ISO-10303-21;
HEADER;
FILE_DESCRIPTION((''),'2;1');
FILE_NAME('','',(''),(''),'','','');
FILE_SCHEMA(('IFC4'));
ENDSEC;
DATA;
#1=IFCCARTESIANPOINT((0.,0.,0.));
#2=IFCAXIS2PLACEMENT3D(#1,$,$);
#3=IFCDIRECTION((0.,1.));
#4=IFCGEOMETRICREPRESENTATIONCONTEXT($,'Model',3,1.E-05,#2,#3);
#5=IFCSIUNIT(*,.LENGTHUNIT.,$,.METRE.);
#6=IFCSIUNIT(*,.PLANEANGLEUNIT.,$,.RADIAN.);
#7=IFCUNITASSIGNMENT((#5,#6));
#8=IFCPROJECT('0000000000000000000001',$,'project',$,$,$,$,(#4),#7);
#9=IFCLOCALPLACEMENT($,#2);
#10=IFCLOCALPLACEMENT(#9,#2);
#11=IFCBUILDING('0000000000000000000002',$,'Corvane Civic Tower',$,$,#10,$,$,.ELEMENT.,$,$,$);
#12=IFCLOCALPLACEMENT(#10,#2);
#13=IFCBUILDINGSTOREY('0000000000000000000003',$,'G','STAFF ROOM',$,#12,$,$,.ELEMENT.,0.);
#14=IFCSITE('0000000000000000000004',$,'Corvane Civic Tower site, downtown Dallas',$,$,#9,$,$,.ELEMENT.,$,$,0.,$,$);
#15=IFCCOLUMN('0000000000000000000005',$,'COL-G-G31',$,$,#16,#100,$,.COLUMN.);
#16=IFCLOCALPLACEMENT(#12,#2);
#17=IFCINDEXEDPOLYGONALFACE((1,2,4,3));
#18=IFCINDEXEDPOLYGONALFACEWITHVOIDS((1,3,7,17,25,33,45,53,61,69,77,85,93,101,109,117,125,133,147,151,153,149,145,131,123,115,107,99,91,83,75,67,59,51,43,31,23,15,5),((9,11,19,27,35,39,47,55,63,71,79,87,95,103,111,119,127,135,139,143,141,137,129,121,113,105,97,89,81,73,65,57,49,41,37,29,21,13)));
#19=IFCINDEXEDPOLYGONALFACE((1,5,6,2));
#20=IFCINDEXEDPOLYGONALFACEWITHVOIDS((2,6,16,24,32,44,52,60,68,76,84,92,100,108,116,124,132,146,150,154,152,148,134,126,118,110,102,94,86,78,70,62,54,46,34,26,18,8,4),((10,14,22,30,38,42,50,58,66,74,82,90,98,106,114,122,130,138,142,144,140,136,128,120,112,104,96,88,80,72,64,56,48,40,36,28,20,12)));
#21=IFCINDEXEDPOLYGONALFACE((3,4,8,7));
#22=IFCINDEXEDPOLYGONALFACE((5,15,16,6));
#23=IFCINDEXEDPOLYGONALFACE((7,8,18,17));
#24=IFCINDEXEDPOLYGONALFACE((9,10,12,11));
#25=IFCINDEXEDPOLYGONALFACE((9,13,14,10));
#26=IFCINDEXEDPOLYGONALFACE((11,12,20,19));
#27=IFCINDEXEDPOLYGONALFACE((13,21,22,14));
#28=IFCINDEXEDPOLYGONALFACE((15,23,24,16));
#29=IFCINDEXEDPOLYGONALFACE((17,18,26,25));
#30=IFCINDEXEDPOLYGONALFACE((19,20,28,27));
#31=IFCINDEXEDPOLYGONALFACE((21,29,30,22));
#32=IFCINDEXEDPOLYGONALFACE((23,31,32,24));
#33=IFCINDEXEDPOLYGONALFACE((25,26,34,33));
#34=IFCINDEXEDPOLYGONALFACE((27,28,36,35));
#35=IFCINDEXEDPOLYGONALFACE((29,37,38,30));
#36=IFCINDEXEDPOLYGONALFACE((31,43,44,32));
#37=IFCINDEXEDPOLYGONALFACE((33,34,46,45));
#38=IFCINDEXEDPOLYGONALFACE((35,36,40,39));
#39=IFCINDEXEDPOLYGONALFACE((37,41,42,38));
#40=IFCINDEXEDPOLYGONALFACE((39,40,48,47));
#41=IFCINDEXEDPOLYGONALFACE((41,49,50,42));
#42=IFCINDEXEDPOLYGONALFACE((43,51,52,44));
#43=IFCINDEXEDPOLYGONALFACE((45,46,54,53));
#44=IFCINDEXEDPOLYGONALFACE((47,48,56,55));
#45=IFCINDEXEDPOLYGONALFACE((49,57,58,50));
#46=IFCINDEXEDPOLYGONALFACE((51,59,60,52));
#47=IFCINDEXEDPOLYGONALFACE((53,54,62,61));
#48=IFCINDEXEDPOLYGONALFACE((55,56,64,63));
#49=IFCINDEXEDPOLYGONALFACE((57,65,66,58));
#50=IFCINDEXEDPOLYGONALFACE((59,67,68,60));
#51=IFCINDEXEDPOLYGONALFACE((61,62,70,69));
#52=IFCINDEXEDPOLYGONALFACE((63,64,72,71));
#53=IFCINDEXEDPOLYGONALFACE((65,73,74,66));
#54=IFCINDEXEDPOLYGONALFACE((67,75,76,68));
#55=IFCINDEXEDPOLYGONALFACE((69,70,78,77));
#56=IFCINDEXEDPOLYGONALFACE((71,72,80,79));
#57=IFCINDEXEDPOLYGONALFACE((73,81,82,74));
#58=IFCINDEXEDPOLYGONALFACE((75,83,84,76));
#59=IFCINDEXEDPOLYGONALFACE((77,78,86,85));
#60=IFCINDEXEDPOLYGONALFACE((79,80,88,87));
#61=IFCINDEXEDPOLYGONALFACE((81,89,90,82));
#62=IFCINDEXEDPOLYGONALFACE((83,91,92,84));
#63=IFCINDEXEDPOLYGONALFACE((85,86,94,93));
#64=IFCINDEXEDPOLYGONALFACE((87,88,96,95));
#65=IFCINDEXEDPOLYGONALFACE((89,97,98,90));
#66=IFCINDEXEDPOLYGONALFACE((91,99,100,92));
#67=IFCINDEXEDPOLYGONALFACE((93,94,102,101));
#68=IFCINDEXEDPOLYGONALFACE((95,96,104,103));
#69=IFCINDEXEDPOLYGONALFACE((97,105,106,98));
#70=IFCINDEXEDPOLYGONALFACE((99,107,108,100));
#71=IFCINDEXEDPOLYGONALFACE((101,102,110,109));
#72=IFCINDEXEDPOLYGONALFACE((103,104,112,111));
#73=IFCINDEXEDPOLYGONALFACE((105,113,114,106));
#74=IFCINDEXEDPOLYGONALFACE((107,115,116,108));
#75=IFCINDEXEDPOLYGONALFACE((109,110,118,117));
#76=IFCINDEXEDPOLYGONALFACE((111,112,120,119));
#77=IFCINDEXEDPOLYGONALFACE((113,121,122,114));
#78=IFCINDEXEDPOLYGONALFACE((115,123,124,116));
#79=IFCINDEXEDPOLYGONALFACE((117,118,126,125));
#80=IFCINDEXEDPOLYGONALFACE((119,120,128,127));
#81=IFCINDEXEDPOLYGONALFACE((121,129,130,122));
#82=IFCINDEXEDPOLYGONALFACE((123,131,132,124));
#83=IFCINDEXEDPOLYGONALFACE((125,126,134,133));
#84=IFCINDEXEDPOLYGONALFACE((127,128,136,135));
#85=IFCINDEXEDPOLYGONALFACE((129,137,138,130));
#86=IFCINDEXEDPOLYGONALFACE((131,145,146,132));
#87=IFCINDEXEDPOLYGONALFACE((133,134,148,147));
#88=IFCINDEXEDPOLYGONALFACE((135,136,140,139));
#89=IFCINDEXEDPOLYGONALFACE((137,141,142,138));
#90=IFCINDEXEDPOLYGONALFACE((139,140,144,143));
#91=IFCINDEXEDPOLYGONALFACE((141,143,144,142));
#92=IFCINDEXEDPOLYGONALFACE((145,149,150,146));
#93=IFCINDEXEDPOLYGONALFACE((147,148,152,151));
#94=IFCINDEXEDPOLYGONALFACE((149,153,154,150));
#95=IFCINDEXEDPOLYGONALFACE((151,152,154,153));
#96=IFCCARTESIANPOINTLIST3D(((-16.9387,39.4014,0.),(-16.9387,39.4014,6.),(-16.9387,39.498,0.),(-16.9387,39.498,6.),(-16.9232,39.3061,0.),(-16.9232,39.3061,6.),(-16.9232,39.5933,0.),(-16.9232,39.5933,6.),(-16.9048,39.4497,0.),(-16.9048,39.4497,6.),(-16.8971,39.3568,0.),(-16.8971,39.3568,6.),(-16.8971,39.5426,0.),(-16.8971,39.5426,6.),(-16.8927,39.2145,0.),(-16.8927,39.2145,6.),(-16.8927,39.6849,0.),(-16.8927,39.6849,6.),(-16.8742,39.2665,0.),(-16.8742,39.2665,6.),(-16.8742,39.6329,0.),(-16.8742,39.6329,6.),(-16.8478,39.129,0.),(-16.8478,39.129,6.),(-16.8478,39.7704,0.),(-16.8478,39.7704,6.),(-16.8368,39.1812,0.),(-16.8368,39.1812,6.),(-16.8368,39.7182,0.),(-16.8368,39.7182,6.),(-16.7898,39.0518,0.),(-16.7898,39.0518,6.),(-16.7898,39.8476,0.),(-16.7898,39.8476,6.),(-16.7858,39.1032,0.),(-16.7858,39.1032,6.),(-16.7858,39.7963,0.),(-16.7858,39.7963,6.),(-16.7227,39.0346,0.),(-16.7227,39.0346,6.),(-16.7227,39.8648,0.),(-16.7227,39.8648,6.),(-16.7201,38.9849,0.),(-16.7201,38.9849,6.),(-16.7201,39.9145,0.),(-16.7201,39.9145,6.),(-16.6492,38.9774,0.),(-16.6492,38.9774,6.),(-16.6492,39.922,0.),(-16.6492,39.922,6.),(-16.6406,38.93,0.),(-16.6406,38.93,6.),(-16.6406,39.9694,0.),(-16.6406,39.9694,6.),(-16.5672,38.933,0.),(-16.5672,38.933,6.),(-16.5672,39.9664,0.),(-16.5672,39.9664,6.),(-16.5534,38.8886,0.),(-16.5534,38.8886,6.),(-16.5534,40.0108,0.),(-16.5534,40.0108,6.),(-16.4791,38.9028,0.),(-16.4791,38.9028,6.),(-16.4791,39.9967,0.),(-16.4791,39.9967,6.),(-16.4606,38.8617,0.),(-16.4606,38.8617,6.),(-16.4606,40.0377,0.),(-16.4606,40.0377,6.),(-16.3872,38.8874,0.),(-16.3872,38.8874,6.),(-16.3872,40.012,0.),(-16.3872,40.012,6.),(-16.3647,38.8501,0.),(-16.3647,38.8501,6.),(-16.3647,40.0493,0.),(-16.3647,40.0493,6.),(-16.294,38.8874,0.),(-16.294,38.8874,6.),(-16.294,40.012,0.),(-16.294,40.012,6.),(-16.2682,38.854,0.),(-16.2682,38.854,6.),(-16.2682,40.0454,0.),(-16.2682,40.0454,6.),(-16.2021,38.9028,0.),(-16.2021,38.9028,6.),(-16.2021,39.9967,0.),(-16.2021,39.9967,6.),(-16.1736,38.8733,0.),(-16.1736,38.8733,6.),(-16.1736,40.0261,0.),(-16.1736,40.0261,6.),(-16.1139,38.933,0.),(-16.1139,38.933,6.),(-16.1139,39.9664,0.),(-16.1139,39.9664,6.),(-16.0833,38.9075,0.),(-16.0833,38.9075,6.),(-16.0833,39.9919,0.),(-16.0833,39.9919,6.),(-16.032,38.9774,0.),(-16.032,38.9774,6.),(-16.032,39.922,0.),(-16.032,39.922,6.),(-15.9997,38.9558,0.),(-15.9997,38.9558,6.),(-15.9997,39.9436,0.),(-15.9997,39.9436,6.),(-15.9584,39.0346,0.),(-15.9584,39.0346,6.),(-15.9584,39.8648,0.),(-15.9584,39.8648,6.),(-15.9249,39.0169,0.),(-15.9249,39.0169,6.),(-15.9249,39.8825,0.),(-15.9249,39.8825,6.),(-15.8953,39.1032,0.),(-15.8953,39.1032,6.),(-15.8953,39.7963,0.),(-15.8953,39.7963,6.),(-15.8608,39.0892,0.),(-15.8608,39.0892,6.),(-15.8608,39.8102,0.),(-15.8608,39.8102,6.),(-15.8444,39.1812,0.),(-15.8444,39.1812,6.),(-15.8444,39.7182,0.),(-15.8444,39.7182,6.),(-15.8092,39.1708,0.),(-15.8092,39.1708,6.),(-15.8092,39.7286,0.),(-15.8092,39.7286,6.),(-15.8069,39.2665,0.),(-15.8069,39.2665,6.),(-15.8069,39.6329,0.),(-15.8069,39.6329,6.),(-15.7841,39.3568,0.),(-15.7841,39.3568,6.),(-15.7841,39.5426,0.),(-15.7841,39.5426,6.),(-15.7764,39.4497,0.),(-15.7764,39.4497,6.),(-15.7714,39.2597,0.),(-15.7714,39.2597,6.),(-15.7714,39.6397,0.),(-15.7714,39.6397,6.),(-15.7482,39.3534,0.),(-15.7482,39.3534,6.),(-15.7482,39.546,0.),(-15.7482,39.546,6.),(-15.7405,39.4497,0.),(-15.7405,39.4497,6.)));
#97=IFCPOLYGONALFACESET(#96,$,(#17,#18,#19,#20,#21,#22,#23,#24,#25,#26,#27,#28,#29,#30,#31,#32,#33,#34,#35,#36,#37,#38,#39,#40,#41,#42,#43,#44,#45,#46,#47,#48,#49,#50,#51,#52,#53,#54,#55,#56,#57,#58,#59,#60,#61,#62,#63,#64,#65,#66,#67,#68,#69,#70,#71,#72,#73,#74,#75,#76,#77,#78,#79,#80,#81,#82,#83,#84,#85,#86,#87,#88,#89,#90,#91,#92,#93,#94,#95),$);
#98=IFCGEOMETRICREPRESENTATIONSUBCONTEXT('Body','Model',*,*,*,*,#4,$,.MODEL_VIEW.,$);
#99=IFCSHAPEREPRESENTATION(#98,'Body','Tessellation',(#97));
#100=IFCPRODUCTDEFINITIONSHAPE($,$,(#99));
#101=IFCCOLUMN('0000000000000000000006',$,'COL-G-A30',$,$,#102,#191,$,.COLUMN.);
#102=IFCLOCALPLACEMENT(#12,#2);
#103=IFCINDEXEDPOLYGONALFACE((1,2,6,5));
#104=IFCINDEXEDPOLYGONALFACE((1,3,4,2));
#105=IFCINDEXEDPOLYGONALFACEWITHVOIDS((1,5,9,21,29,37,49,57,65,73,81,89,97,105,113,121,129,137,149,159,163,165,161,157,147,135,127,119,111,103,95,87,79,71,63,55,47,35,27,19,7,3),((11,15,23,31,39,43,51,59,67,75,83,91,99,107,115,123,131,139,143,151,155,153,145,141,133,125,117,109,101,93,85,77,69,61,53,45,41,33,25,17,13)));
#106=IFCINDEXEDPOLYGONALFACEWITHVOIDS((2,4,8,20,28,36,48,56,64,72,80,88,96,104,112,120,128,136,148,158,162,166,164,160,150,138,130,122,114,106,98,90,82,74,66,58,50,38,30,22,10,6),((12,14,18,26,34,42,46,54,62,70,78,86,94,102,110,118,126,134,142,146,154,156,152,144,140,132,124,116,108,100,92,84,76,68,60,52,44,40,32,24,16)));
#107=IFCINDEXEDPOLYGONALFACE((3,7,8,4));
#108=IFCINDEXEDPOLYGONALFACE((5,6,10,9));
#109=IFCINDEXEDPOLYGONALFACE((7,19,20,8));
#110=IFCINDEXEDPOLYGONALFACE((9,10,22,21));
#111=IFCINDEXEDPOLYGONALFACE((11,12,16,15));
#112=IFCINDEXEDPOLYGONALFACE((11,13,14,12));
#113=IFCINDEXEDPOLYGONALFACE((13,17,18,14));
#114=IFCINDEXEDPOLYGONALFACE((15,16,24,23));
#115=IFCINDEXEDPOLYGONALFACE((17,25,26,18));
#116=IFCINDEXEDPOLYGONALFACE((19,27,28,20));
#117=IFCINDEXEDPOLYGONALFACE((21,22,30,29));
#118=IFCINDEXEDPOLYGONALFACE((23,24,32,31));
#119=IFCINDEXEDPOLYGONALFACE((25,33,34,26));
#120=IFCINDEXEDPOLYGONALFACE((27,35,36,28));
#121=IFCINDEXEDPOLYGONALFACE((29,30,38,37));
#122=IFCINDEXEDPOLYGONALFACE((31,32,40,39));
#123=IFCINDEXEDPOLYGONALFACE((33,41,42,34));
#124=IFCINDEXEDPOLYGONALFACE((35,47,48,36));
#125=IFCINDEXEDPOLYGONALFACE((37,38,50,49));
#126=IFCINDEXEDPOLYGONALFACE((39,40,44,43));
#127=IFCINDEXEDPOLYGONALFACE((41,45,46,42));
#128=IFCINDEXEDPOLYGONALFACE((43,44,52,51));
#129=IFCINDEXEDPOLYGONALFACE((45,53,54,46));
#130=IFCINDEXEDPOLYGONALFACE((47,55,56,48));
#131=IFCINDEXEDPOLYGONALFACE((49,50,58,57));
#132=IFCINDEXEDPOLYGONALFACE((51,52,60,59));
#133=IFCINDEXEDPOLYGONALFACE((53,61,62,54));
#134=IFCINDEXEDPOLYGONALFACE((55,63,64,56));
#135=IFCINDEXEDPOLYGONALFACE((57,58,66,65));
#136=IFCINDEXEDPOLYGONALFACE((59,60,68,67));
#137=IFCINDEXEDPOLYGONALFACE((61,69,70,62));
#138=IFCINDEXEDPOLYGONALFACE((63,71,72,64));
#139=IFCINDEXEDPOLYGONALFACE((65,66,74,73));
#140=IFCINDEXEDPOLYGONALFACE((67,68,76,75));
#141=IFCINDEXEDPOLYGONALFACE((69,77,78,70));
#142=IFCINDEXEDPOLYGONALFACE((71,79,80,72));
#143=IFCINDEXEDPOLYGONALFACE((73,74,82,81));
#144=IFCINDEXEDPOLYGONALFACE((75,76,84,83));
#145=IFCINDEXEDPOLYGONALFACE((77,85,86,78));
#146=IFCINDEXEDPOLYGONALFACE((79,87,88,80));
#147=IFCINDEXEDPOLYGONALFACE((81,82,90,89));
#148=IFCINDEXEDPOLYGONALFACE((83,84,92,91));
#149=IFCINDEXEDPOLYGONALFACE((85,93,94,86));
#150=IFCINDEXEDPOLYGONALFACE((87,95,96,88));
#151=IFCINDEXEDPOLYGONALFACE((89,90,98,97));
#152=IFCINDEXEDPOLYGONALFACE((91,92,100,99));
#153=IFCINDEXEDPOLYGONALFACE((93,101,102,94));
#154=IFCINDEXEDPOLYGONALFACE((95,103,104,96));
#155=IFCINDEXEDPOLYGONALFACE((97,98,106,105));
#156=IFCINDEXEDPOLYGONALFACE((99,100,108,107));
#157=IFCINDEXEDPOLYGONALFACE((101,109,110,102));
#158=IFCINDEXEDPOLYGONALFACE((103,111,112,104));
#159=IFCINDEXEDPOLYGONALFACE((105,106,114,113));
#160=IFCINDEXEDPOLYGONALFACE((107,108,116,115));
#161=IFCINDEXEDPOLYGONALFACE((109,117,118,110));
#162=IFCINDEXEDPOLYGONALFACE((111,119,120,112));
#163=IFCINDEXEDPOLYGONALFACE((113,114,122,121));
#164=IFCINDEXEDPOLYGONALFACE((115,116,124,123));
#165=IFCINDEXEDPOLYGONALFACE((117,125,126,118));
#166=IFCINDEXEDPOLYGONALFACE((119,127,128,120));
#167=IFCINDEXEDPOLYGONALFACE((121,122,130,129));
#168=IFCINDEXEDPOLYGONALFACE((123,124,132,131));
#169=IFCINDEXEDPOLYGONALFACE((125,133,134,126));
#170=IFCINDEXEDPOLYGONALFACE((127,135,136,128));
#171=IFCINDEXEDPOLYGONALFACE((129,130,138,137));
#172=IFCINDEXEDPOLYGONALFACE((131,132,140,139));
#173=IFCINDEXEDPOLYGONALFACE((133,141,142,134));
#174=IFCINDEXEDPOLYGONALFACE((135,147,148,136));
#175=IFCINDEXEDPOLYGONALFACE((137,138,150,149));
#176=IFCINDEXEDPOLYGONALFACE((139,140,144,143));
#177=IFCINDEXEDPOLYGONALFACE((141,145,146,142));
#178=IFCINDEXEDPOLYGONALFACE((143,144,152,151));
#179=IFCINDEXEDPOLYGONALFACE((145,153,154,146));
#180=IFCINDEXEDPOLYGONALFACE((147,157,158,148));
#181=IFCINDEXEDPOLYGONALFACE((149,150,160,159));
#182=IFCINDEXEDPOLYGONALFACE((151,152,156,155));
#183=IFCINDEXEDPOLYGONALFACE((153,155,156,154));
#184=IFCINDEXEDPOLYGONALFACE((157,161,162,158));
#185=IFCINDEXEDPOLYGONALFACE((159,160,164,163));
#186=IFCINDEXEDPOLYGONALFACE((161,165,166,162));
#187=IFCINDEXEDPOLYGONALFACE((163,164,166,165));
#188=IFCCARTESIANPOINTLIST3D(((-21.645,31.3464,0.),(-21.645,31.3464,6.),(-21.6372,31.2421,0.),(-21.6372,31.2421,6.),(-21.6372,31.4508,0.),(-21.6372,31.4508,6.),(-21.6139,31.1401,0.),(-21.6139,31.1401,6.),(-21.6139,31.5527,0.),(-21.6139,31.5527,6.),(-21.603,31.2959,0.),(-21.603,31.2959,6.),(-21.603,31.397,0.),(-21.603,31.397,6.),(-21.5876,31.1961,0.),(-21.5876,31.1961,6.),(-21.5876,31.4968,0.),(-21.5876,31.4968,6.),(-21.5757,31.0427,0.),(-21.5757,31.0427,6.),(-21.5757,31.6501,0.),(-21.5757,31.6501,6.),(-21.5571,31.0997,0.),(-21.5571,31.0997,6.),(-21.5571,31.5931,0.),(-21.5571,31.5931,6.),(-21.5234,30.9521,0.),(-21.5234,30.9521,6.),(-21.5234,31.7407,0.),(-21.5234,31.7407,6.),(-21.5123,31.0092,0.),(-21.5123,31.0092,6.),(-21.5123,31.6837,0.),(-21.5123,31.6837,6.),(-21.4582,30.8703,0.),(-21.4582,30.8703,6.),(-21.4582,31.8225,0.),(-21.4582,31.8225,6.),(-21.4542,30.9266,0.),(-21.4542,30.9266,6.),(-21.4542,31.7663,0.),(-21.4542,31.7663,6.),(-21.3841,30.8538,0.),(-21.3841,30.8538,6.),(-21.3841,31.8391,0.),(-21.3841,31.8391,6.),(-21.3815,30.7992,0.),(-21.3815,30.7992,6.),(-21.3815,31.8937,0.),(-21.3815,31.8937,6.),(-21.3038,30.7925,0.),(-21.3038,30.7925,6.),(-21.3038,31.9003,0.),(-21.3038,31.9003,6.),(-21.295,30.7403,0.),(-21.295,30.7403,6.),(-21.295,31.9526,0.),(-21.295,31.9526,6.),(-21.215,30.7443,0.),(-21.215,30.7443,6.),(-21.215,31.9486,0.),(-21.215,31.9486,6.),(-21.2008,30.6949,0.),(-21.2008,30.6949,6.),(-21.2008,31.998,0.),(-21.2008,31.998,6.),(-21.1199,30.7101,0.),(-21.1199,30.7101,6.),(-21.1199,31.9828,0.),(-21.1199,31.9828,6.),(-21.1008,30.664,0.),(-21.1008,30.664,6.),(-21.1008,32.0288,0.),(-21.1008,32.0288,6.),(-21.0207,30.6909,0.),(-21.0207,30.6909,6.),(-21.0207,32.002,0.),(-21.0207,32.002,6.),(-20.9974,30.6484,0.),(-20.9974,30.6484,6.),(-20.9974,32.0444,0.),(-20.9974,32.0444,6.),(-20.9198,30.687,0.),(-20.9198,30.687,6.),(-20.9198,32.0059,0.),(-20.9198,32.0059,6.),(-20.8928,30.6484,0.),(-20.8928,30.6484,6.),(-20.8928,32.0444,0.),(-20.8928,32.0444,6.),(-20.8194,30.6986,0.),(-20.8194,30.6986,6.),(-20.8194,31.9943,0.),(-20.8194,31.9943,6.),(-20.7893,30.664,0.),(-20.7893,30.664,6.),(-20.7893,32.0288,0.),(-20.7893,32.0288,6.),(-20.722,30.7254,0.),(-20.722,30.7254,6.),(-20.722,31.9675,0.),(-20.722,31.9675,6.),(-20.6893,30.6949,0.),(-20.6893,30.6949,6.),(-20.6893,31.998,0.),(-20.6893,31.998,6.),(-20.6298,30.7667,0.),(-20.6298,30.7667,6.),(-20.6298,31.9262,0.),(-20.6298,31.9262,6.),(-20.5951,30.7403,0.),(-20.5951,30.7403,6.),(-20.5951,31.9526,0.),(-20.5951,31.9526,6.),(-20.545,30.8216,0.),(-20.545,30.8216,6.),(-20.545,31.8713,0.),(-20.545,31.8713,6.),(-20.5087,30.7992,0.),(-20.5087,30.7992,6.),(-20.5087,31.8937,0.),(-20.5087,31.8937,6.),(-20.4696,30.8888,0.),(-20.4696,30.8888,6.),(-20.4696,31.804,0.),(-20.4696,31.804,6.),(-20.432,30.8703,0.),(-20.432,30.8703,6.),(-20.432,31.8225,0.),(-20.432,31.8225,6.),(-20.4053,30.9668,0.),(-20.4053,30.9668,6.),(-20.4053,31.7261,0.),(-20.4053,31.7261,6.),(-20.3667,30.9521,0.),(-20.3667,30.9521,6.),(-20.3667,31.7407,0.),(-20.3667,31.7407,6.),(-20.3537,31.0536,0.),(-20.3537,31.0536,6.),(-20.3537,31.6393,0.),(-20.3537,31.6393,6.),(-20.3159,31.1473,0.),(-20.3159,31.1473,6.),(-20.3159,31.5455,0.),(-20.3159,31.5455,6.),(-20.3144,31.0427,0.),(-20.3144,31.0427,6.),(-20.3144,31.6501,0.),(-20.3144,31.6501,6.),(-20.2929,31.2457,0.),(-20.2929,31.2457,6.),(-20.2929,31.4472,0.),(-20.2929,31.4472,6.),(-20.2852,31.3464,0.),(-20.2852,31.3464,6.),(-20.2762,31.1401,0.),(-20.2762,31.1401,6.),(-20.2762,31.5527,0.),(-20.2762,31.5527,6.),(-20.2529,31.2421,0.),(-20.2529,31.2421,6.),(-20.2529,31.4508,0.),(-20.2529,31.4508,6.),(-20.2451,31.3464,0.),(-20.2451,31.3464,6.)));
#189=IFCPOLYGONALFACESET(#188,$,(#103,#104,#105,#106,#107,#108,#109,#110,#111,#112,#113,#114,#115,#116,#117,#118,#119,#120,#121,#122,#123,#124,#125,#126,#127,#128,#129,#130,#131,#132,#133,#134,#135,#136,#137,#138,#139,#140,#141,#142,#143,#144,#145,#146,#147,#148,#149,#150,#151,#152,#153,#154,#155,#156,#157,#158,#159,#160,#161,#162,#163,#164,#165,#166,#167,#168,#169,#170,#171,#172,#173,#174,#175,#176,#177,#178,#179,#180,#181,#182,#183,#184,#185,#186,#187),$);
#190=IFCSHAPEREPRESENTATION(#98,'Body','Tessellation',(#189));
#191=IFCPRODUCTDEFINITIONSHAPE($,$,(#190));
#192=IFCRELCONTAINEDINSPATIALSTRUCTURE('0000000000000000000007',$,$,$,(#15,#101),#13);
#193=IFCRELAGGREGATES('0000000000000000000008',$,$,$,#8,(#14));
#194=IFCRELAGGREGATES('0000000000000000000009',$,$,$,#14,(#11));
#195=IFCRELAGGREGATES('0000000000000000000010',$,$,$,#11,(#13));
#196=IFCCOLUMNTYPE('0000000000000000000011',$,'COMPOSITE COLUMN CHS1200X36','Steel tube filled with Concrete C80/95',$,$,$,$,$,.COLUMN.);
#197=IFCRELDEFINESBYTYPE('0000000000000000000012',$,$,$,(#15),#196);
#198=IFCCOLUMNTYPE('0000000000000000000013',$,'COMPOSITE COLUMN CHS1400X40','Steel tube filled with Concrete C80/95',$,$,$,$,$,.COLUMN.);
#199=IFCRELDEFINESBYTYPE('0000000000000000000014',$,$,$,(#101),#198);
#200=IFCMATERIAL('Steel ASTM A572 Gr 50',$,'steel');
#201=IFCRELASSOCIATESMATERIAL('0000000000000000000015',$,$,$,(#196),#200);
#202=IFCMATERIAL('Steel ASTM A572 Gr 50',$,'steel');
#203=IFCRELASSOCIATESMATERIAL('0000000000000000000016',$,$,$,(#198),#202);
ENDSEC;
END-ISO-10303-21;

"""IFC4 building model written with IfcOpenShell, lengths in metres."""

from ifc_helpers import new_model, si_unit, direction, frame, origin, origin_2d, place, context, subcontext, project, spatial, hollow_circle, extrude, material, material_profile, profile_set, type_object, element, save


model = new_model("IFC4")

# Units and contexts
model_context = context("Model", 3, precision=1e-05, world=origin(), true_north=direction((0.0, 1.0)))
body_context = subcontext(model_context, "Body", "Model", "MODEL_VIEW")
ifc_project = project(units=[si_unit("LENGTHUNIT", "METRE"), si_unit("PLANEANGLEUNIT", "RADIAN")], contexts=[model_context])

# Site, building, storey
site_placement = place(None, origin())
site = spatial("IfcSite", under=ifc_project, at=site_placement, Name="Corvane Civic Tower site, downtown Dallas", CompositionType="ELEMENT", RefElevation=0.0)
building_placement = place(site_placement, origin())
building = spatial("IfcBuilding", under=site, at=building_placement, Name="Corvane Civic Tower", CompositionType="ELEMENT")
storey_placement = place(building_placement, origin())
storey = spatial("IfcBuildingStorey", under=building, at=storey_placement, Name="G", Description="STAFF ROOM", CompositionType="ELEMENT", Elevation=0.0)

# Columns
ifc_material_1 = material(Name="Steel ASTM A572 Gr 50", Category="steel")
ifc_material_profile_1 = material_profile(ifc_material_1, hollow_circle(Radius=0.6001, WallThickness=0.0359, at=origin_2d()), Name="CHS1200X36")
ifc_profile_set_1 = profile_set([ifc_material_profile_1], Name="Steel ASTM A572 Gr 50")
column_type_1 = type_object("IfcColumnType", Name="COMPOSITE COLUMN CHS1200X36", Description="Steel tube filled with Concrete C80/95", PredefinedType="COLUMN", material=ifc_profile_set_1)
for number, where, z_axis, x_axis, name in (
    (1, (-16.3406, 39.4497, 0.0), (0.0, 0.0, 1.0), (1.0, 0.0, 0.0), "COL-G-G31"),
):
    element("IfcColumn", number, at=place(storey_placement, frame(where, z_axis=z_axis, x_axis=x_axis)), inside=storey, type_object=column_type_1, Name=name, PredefinedType="COLUMN", context=body_context, shape_type="SweptSolid", body=[
        extrude(hollow_circle(Radius=0.6001, WallThickness=0.0359, at=origin_2d()), origin(), (0.0, 0.0, 1.0), 6.0),
    ])
ifc_material_2 = material(Name="Steel ASTM A572 Gr 50", Category="steel")
ifc_material_profile_2 = material_profile(ifc_material_2, hollow_circle(Radius=0.7, WallThickness=0.04, at=origin_2d()), Name="CHS1400X40")
ifc_profile_set_2 = profile_set([ifc_material_profile_2], Name="Steel ASTM A572 Gr 50")
column_type_2 = type_object("IfcColumnType", Name="COMPOSITE COLUMN CHS1400X40", Description="Steel tube filled with Concrete C80/95", PredefinedType="COLUMN", material=ifc_profile_set_2)
column_placement = place(storey_placement, frame((-20.9451, 31.3464, 0.0), z_axis=(0.0, 0.0, 1.0), x_axis=(1.0, 0.0, 0.0)))
element("IfcColumn", 2, at=column_placement, inside=storey, type_object=column_type_2, Name="COL-G-A30", PredefinedType="COLUMN", context=body_context, shape_type="SweptSolid", body=[
    extrude(hollow_circle(Radius=0.7, WallThickness=0.04, at=origin_2d()), origin(), (0.0, 0.0, 1.0), 6.0),
])

save(model, "model.ifc")
